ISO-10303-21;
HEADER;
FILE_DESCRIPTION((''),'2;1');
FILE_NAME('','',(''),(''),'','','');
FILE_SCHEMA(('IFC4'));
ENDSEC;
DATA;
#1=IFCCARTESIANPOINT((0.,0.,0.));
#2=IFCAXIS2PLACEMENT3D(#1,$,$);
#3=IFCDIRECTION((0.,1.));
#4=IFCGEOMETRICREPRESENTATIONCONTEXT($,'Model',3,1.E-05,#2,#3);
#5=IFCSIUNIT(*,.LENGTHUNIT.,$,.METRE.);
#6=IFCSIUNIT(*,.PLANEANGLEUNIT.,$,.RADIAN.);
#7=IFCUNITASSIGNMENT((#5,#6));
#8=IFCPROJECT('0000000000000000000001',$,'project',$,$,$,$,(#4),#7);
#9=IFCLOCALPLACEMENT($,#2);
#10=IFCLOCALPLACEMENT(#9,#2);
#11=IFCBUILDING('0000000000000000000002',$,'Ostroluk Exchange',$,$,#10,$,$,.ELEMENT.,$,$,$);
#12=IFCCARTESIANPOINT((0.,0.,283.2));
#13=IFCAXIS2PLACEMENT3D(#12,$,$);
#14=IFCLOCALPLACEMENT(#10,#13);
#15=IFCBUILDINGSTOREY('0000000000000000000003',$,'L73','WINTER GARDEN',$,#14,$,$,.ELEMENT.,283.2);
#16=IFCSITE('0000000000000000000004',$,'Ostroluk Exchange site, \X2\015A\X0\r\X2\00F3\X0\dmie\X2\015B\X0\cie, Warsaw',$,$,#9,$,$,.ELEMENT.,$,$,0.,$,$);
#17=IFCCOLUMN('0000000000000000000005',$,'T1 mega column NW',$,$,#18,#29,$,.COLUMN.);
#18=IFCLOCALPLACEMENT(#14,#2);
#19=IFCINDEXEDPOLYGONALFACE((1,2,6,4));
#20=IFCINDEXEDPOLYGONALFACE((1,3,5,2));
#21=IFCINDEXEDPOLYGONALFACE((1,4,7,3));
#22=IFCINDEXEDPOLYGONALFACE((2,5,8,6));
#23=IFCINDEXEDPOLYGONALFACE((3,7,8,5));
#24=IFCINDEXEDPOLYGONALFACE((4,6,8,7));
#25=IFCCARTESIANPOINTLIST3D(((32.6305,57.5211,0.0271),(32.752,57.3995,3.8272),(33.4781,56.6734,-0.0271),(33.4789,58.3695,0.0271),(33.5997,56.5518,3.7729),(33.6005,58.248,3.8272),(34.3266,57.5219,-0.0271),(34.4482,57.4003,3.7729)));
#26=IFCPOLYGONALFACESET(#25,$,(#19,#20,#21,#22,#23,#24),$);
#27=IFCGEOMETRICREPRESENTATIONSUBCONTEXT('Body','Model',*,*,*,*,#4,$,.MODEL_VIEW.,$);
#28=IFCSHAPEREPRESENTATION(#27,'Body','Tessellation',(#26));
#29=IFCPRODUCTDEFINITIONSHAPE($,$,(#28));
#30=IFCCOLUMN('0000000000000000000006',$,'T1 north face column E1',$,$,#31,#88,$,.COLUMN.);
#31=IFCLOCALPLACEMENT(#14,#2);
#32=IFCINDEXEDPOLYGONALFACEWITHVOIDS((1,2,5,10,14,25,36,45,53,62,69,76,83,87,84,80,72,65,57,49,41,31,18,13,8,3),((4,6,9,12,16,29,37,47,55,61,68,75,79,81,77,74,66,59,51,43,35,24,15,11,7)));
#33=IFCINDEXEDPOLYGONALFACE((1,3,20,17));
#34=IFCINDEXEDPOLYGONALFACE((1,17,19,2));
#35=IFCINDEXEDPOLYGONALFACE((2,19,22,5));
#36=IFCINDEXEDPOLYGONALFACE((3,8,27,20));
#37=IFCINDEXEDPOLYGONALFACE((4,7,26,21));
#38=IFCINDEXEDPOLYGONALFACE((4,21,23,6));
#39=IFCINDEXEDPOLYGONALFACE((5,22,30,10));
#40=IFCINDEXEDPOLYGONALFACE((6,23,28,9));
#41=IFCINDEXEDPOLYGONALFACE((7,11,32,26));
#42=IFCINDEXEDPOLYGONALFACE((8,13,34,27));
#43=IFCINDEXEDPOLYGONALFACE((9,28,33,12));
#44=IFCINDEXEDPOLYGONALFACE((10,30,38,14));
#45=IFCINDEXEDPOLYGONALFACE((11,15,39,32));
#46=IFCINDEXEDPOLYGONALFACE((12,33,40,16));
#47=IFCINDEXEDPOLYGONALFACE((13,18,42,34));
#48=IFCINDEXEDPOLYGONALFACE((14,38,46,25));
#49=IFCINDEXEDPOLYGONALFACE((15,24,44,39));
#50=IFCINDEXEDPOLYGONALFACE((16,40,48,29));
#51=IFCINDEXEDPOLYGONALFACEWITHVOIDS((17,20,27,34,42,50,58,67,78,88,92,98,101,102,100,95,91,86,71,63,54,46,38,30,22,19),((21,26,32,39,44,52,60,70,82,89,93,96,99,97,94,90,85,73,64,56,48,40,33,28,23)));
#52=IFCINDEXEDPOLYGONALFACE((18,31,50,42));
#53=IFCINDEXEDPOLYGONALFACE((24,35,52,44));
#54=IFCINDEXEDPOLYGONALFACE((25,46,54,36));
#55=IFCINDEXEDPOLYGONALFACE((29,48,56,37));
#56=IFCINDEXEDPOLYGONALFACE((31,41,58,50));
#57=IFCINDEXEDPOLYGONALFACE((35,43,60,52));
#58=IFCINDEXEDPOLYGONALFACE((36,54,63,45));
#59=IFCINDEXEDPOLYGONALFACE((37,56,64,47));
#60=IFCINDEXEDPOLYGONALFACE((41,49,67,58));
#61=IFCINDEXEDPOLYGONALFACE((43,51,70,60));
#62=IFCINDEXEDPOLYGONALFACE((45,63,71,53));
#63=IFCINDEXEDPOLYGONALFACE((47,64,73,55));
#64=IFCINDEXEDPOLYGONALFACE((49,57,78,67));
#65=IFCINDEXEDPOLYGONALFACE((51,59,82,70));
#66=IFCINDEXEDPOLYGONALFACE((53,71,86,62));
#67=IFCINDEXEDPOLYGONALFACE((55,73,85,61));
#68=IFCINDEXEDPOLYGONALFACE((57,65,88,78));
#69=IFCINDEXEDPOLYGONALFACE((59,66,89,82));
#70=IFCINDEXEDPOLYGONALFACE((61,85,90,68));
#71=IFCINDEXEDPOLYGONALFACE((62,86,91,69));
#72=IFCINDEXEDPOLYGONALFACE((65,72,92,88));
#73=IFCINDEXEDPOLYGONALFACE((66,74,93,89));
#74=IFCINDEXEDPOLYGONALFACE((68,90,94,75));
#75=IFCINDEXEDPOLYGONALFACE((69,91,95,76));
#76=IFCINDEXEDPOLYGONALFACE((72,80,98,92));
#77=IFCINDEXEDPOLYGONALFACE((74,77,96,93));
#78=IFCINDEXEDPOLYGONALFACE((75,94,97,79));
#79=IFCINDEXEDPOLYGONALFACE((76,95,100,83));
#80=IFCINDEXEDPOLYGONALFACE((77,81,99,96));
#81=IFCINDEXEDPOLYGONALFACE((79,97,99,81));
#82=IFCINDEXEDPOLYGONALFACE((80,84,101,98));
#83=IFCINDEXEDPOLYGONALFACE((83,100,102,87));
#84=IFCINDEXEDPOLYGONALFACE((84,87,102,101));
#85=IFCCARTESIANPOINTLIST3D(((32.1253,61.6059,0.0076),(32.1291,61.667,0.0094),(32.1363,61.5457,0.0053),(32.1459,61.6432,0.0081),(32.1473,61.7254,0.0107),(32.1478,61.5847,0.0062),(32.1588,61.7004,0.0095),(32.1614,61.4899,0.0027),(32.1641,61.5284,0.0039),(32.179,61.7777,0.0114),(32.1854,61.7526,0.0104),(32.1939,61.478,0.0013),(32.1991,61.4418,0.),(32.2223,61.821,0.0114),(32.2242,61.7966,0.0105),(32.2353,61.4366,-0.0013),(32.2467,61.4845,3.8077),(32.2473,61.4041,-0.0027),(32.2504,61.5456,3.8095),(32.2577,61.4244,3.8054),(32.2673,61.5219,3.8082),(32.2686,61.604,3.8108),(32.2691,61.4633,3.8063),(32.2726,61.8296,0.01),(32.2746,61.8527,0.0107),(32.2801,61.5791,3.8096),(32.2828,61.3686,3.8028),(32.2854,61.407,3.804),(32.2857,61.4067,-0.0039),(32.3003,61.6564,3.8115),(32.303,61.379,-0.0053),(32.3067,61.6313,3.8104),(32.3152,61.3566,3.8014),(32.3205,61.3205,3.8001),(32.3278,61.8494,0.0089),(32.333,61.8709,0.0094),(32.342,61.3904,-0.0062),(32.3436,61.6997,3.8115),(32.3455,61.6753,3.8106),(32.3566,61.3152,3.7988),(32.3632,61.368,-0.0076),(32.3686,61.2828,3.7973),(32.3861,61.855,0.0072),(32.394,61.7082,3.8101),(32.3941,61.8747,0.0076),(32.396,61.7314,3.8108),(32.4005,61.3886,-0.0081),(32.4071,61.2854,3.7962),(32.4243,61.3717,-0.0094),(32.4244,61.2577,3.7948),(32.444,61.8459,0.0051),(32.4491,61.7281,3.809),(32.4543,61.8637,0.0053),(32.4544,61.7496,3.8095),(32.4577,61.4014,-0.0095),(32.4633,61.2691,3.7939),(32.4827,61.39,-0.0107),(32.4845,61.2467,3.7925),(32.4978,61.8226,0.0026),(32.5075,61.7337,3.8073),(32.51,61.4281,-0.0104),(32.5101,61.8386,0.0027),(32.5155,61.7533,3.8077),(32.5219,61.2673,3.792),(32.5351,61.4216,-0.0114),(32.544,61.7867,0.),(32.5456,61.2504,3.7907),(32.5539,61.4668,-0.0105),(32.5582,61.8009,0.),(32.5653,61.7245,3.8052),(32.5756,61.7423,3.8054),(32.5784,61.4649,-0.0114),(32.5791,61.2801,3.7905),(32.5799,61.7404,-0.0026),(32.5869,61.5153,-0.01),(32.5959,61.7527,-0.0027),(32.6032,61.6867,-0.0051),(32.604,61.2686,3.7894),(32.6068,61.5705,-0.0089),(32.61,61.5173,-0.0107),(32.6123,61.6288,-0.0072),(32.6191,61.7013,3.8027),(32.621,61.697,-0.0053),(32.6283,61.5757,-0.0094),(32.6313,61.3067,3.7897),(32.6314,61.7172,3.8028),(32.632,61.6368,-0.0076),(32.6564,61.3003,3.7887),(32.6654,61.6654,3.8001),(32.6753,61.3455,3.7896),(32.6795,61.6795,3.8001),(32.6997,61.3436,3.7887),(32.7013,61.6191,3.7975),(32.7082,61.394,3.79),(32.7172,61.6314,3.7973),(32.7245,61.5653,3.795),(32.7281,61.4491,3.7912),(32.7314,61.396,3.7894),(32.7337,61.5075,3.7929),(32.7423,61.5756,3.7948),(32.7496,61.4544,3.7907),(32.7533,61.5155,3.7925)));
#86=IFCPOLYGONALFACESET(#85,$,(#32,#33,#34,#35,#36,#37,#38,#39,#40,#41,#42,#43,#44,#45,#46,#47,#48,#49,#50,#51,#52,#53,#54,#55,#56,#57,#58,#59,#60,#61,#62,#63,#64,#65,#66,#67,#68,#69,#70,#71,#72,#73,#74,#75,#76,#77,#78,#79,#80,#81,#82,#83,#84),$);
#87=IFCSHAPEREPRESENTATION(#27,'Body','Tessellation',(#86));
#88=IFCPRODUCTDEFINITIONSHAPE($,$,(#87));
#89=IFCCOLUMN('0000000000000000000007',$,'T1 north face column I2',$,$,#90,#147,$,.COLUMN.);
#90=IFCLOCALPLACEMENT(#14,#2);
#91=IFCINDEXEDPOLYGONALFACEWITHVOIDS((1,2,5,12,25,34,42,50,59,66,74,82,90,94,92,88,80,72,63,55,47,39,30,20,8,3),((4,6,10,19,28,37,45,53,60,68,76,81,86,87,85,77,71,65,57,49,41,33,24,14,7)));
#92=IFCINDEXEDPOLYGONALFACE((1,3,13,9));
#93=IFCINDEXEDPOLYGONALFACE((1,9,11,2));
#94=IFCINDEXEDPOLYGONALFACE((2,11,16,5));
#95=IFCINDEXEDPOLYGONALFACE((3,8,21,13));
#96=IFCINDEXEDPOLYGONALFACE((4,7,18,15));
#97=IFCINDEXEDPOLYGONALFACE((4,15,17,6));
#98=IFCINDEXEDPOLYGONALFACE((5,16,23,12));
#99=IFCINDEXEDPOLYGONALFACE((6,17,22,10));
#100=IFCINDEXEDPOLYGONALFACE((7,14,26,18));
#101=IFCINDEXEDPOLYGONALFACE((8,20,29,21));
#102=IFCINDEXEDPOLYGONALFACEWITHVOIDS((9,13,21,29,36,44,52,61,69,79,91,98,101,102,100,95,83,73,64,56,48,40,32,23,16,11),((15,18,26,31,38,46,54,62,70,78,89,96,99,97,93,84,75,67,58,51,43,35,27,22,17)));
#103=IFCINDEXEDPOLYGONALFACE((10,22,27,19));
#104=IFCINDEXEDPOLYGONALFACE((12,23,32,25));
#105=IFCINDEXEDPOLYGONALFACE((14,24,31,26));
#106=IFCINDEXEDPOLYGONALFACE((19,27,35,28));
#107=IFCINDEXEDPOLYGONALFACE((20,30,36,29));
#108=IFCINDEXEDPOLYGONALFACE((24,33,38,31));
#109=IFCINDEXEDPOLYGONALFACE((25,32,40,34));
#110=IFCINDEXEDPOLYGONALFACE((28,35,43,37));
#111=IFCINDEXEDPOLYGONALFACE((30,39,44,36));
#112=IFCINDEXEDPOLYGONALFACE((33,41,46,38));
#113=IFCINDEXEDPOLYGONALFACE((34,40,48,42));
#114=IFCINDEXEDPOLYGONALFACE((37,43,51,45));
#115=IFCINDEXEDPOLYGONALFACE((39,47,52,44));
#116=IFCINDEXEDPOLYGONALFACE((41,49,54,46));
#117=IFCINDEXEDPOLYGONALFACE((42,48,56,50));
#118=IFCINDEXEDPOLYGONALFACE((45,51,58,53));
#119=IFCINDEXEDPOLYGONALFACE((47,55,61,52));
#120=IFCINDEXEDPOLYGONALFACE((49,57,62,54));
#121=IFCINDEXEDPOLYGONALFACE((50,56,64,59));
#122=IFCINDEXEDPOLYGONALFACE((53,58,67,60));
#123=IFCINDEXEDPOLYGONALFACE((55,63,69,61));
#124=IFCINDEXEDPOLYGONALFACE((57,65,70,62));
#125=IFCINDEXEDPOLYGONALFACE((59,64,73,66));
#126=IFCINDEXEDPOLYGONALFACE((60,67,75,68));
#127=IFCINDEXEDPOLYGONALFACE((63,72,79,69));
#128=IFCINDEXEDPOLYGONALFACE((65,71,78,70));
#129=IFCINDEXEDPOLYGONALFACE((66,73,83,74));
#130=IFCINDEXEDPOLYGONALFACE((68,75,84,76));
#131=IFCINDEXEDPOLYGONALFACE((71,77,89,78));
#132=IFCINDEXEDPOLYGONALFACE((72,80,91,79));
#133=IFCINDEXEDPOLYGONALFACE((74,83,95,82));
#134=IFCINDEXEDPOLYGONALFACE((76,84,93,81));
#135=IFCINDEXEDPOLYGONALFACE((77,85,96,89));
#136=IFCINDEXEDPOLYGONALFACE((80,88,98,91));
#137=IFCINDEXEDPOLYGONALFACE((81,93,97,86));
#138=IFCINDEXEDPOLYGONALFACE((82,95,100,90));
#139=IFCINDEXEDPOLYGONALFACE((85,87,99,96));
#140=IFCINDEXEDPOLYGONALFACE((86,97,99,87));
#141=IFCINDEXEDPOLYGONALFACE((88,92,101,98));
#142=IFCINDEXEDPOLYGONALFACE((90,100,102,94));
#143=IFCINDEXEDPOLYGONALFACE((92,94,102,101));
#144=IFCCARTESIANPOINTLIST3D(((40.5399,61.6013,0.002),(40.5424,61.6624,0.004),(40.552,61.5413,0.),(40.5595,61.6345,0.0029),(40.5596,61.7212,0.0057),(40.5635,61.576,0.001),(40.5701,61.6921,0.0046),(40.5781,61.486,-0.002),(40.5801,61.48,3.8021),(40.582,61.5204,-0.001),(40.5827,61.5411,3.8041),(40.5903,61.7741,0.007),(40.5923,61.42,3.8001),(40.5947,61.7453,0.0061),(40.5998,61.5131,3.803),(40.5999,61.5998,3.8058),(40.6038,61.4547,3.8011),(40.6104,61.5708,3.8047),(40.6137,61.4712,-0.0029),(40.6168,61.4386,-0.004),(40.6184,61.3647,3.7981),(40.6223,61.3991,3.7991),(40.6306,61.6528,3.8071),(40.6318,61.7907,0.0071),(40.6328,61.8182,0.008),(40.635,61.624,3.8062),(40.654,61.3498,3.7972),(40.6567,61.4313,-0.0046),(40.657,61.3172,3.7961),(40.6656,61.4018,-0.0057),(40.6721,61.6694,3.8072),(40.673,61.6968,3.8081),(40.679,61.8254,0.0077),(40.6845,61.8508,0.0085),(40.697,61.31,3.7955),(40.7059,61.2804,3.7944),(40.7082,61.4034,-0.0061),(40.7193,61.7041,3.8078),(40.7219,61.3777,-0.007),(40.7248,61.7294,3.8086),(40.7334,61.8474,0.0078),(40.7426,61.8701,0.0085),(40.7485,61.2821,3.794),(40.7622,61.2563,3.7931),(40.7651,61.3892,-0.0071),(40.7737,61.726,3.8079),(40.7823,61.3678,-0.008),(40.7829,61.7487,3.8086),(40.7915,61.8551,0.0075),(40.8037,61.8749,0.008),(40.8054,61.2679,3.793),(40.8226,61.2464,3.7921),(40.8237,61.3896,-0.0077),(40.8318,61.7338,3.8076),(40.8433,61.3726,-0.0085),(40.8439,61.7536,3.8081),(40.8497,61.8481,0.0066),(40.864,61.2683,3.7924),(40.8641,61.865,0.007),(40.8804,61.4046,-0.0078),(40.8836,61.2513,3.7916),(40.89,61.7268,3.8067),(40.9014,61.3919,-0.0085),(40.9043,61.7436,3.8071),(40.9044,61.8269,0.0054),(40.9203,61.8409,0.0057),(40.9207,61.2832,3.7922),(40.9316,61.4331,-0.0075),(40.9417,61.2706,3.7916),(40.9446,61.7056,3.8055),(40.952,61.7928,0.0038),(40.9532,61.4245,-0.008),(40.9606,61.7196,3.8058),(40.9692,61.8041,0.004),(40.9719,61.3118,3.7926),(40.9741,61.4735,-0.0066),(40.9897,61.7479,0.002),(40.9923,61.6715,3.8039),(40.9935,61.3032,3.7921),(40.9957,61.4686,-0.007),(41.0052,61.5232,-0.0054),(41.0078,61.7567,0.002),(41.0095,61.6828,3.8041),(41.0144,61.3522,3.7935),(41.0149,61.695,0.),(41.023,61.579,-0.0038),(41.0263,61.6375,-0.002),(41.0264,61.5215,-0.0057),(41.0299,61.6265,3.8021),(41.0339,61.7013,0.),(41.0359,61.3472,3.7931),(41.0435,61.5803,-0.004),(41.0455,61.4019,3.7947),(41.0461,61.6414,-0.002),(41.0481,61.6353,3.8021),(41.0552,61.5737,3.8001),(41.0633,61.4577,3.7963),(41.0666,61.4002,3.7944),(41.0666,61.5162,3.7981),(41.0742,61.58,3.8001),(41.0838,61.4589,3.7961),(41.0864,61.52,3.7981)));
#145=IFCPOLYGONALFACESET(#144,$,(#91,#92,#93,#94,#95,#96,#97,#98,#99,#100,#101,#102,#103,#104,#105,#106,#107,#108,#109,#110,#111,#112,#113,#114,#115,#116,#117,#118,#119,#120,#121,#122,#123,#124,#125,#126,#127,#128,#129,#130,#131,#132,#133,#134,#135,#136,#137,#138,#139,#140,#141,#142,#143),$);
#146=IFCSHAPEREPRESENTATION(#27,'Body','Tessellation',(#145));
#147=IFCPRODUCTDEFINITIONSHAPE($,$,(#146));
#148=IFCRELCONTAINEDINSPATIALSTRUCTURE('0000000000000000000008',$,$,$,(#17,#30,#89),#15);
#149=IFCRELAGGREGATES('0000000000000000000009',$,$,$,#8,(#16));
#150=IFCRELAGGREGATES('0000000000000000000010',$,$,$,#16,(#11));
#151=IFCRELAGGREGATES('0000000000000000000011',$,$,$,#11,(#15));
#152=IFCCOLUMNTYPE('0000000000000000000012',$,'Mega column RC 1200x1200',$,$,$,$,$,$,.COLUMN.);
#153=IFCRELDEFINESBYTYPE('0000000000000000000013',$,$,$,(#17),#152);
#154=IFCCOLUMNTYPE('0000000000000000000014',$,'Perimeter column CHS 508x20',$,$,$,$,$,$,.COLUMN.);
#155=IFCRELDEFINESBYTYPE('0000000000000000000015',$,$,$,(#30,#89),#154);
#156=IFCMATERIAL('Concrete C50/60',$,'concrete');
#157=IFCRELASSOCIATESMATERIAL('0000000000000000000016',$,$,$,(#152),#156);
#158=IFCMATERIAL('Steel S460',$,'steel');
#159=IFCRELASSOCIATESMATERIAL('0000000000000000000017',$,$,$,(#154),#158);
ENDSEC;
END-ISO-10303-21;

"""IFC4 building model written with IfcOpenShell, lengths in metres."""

from ifc_helpers import new_model, si_unit, direction, frame, origin, origin_2d, place, context, subcontext, project, spatial, rectangle, hollow_circle, extrude, material, material_profile, profile_set, type_object, element, save


model = new_model("IFC4")

# Units and contexts
model_context = context("Model", 3, precision=1e-05, world=origin(), true_north=direction((0.0, 1.0)))
body_context = subcontext(model_context, "Body", "Model", "MODEL_VIEW")
ifc_project = project(units=[si_unit("LENGTHUNIT", "METRE"), si_unit("PLANEANGLEUNIT", "RADIAN")], contexts=[model_context])

# Site, building, storey
site_placement = place(None, origin())
site = spatial("IfcSite", under=ifc_project, at=site_placement, Name="Ostroluk Exchange site, Śródmieście, Warsaw", CompositionType="ELEMENT", RefElevation=0.0)
building_placement = place(site_placement, origin())
building = spatial("IfcBuilding", under=site, at=building_placement, Name="Ostroluk Exchange", CompositionType="ELEMENT")
storey_placement = place(building_placement, frame((0.0, 0.0, 283.2)))
storey = spatial("IfcBuildingStorey", under=building, at=storey_placement, Name="L73", Description="WINTER GARDEN", CompositionType="ELEMENT", Elevation=283.2)

# Columns
ifc_material_1 = material(Name="Concrete C50/60", Category="concrete")
ifc_material_profile_1 = material_profile(ifc_material_1, rectangle(XDim=1.2, YDim=1.2, at=origin_2d()), Name="RC 1200x1200")
ifc_profile_set_1 = profile_set([ifc_material_profile_1], Name="Concrete C50/60")
column_type_1 = type_object("IfcColumnType", Name="Mega column RC 1200x1200", PredefinedType="COLUMN", material=ifc_profile_set_1)
column_1_placement = place(storey_placement, frame((33.4785, 57.5215, 0.0), z_axis=(0.031962, -0.031962, 0.998978), x_axis=(0.707107, 0.707107, 0.0)))
element("IfcColumn", 1, at=column_1_placement, inside=storey, type_object=column_type_1, Name="T1 mega column NW", PredefinedType="COLUMN", context=body_context, shape_type="SweptSolid", body=[
    extrude(rectangle(XDim=1.2, YDim=1.2, at=origin_2d()), origin(), (0.0, 0.0, 1.0), 3.804),
])
ifc_material_2 = material(Name="Steel S460", Category="steel")
ifc_material_profile_2 = material_profile(ifc_material_2, hollow_circle(Radius=0.2539, WallThickness=0.02, at=origin_2d()), Name="CHS 508x20")
ifc_profile_set_2 = profile_set([ifc_material_profile_2], Name="Steel S460")
column_type_2 = type_object("IfcColumnType", Name="Perimeter column CHS 508x20", PredefinedType="COLUMN", material=ifc_profile_set_2)
column_2_placement = place(storey_placement, frame((32.3787, 61.6213, 0.0), z_axis=(0.031898, -0.031898, 0.998982), x_axis=(0.707107, 0.707107, 0.0)))
element("IfcColumn", 2, at=column_2_placement, inside=storey, type_object=column_type_2, Name="T1 north face column E1", PredefinedType="COLUMN", context=body_context, shape_type="SweptSolid", body=[
    extrude(hollow_circle(Radius=0.2539, WallThickness=0.02, at=origin_2d()), origin(), (0.0, 0.0, 1.0), 3.804),
])
column_3_placement = place(storey_placement, frame((40.793, 61.6213, 0.0), z_axis=(0.010595, -0.031913, 0.999435), x_axis=(0.949065, 0.315082, 0.0)))
element("IfcColumn", 3, at=column_3_placement, inside=storey, type_object=column_type_2, Name="T1 north face column I2", PredefinedType="COLUMN", context=body_context, shape_type="SweptSolid", body=[
    extrude(hollow_circle(Radius=0.2539, WallThickness=0.02, at=origin_2d()), origin(), (0.0, 0.0, 1.0), 3.8022),
])

save(model, "model.ifc")
